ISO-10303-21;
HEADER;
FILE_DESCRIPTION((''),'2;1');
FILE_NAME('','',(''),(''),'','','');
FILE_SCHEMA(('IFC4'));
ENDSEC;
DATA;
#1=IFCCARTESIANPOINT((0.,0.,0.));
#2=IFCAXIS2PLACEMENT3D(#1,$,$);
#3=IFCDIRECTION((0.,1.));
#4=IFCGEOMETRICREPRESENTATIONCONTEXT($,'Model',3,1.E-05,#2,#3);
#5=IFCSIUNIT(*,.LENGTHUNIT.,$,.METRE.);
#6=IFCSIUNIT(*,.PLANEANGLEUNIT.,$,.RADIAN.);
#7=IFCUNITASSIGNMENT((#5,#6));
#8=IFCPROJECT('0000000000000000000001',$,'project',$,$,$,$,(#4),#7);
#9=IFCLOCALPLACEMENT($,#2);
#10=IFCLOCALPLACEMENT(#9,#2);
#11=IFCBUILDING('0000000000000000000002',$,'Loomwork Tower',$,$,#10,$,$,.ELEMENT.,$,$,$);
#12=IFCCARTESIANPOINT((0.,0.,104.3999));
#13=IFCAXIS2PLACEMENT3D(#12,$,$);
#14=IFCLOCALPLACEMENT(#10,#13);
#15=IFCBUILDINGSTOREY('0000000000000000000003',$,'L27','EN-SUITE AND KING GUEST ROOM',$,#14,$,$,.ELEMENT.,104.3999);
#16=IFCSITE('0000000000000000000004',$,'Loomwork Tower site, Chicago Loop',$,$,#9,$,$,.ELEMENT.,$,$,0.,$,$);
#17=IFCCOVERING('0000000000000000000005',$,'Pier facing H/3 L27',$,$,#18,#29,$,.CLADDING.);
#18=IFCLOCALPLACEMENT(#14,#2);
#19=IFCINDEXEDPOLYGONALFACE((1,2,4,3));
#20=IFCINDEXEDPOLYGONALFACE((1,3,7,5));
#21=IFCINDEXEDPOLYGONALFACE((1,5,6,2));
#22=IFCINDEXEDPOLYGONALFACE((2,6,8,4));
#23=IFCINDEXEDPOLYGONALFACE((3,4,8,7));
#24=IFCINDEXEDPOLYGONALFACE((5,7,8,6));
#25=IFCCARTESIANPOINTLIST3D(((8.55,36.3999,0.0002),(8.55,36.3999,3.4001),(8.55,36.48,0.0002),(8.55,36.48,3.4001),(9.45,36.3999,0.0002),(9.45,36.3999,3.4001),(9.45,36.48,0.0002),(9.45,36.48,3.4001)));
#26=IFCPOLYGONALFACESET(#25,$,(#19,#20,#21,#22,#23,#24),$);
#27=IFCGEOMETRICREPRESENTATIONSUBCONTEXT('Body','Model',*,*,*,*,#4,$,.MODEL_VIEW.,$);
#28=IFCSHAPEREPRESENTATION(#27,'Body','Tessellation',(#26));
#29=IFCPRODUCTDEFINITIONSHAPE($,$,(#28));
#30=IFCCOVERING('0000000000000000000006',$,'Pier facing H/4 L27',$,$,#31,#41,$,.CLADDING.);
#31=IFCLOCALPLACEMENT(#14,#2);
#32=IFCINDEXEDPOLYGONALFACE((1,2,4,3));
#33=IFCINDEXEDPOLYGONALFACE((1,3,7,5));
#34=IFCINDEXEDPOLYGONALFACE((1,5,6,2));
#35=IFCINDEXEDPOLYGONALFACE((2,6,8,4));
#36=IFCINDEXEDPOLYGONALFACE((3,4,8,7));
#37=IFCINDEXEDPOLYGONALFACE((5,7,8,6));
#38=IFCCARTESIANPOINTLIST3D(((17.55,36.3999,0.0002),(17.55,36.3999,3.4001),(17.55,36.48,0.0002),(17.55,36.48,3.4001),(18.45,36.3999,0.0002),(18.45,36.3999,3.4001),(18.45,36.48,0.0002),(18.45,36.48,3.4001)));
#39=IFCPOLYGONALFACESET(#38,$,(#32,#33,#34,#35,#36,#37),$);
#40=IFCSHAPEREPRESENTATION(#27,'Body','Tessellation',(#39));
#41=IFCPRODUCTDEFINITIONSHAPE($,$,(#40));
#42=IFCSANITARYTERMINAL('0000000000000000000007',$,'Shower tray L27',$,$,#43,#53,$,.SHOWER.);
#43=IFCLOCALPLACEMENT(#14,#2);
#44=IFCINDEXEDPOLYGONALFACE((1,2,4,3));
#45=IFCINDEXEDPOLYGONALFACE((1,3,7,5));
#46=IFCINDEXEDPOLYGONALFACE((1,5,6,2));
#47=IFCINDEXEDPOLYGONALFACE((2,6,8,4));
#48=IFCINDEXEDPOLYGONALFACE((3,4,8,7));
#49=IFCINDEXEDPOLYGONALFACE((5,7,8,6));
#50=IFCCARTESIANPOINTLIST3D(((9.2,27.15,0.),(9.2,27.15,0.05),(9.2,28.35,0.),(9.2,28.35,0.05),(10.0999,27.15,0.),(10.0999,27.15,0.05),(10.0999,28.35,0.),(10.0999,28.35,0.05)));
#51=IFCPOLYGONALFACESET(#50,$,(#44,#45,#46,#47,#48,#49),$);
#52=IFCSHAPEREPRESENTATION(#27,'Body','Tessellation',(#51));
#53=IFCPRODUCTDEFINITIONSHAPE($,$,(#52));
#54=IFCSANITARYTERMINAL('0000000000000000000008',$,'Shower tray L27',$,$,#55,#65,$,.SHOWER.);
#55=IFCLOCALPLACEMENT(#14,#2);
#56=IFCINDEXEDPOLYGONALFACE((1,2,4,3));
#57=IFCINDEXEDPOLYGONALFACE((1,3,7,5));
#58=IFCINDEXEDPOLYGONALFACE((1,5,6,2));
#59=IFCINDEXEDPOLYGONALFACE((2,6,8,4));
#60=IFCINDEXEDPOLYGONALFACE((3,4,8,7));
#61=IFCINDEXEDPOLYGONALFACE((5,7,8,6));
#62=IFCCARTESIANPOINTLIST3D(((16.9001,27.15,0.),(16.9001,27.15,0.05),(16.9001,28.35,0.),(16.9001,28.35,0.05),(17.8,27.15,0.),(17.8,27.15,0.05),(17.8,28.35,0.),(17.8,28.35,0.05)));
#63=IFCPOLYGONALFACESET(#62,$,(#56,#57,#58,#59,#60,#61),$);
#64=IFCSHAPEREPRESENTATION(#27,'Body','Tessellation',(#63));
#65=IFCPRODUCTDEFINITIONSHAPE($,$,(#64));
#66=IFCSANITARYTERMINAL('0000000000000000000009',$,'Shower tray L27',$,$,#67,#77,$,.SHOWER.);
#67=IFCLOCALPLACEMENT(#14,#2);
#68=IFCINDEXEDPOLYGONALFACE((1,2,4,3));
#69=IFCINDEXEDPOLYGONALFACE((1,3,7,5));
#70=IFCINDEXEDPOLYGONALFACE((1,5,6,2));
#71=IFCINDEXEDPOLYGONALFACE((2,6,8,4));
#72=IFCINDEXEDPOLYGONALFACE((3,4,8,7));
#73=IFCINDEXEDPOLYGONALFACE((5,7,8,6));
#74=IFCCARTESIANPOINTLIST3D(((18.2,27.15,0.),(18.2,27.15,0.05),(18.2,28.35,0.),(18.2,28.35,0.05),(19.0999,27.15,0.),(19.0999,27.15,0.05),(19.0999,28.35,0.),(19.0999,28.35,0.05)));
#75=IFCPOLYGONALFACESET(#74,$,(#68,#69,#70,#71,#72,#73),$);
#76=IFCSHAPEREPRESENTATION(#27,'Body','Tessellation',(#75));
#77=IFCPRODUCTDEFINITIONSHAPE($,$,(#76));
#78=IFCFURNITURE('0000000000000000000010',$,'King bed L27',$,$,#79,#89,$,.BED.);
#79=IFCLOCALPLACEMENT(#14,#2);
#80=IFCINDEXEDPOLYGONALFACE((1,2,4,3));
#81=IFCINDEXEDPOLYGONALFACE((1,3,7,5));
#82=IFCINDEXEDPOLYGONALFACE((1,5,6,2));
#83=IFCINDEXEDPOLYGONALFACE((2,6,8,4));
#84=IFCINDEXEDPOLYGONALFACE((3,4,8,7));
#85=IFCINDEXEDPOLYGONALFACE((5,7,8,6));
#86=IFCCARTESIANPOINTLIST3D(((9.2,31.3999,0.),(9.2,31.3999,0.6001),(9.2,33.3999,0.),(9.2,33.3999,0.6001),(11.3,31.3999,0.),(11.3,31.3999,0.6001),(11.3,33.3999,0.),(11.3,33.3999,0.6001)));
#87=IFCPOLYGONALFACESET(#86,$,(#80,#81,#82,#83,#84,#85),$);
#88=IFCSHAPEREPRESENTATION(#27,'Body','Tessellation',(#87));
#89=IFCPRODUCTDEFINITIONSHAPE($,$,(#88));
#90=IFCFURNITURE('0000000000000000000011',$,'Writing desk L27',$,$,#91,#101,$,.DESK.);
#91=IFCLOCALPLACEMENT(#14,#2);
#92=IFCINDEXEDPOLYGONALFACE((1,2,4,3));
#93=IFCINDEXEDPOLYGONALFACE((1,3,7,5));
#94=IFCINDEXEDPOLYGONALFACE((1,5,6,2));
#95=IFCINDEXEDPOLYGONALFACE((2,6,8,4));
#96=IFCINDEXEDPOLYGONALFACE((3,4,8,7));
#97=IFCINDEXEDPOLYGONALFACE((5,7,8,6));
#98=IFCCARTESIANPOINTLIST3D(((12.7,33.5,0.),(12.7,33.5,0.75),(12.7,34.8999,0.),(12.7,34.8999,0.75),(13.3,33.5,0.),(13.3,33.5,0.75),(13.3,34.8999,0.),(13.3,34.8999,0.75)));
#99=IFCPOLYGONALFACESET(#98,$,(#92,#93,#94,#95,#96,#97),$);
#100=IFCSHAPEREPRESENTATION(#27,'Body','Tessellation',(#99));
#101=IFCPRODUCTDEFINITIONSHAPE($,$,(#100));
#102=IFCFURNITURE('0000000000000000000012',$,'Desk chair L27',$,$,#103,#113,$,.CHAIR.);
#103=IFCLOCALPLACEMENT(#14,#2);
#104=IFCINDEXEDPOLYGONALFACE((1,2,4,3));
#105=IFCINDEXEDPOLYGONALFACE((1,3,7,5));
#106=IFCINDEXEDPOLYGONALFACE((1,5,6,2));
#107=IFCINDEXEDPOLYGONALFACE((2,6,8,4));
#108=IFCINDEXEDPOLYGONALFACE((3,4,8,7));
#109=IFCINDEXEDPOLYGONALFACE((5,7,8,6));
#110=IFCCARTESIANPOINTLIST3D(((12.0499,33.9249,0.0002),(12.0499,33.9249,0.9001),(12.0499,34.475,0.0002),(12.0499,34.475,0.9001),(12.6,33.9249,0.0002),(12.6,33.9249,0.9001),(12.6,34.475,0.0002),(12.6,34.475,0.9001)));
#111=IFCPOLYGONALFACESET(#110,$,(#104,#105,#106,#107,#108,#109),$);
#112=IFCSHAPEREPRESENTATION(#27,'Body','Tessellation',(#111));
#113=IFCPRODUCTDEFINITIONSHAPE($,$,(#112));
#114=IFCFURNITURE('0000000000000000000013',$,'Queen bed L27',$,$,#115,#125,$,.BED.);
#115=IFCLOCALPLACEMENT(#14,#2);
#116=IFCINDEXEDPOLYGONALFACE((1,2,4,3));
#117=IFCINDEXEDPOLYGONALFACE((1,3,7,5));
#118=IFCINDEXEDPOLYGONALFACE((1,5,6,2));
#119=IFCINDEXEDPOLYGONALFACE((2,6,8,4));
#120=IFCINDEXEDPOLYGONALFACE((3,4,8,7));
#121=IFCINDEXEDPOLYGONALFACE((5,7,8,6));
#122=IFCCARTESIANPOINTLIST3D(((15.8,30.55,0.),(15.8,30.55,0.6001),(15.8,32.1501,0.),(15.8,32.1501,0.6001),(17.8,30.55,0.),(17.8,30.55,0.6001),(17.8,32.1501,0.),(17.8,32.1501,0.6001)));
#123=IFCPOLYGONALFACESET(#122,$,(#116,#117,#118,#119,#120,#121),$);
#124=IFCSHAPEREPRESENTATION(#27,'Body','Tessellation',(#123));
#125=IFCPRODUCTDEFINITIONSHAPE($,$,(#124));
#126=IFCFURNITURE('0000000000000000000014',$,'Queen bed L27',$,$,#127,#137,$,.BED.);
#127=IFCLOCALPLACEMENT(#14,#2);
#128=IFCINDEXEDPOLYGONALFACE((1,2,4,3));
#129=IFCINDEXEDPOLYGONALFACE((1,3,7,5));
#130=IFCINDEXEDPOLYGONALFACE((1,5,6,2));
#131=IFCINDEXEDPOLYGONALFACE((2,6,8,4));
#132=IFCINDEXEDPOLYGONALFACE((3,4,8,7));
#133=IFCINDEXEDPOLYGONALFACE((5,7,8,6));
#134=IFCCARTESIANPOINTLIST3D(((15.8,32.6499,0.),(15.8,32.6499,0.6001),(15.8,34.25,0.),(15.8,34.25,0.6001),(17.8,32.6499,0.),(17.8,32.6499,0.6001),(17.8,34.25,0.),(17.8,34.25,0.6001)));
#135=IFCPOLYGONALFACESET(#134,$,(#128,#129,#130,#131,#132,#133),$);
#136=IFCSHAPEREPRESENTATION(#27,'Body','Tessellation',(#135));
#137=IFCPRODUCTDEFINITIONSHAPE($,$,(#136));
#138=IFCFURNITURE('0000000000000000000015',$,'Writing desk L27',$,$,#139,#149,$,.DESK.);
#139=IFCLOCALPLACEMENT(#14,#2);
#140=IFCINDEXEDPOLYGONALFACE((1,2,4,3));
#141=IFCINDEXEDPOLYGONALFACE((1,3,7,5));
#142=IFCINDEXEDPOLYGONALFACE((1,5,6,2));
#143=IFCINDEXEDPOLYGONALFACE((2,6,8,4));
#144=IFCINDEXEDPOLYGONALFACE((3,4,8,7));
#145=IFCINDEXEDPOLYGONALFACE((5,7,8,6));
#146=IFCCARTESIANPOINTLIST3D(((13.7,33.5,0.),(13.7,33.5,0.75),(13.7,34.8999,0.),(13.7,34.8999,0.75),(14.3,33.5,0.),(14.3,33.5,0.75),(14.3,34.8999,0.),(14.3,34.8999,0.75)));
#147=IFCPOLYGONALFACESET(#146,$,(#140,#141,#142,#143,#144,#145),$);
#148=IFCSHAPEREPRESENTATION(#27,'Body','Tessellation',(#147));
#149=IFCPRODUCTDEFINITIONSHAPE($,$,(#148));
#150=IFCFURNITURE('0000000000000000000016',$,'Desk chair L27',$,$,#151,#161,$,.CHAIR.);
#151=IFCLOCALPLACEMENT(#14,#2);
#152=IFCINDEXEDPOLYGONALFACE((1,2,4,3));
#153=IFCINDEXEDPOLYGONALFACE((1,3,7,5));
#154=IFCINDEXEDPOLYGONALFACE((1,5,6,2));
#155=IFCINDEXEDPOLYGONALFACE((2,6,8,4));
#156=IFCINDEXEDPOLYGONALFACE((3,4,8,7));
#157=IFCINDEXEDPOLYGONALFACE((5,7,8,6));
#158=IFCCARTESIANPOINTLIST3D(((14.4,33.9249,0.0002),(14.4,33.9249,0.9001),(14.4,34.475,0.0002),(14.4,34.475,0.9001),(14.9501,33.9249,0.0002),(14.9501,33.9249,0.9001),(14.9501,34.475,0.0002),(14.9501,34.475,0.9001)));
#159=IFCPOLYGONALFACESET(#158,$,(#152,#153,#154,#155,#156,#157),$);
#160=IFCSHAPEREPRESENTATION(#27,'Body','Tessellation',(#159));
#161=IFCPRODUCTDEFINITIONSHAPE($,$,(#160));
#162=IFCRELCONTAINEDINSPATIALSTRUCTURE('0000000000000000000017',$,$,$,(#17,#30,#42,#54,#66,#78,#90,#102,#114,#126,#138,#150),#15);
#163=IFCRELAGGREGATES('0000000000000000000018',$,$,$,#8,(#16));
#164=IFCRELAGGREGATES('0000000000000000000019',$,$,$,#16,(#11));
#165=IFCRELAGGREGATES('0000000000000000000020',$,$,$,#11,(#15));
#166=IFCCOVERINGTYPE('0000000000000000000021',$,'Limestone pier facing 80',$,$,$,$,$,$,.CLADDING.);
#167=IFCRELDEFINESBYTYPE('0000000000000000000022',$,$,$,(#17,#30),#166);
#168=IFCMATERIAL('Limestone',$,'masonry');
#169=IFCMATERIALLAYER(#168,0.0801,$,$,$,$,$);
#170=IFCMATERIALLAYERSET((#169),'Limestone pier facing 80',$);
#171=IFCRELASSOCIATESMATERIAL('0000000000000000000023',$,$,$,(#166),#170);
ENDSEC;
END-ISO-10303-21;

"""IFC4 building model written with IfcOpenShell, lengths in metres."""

from ifc_helpers import new_model, si_unit, direction, frame, origin, origin_2d, place, context, subcontext, project, spatial, rectangle, extrude, material, layer, layer_set, type_object, element, save


model = new_model("IFC4")

# Units and contexts
model_context = context("Model", 3, precision=1e-05, world=origin(), true_north=direction((0.0, 1.0)))
body_context = subcontext(model_context, "Body", "Model", "MODEL_VIEW")
ifc_project = project(units=[si_unit("LENGTHUNIT", "METRE"), si_unit("PLANEANGLEUNIT", "RADIAN")], contexts=[model_context])

# Site, building, storey
site_placement = place(None, origin())
site = spatial("IfcSite", under=ifc_project, at=site_placement, Name="Loomwork Tower site, Chicago Loop", CompositionType="ELEMENT", RefElevation=0.0)
building_placement = place(site_placement, origin())
building = spatial("IfcBuilding", under=site, at=building_placement, Name="Loomwork Tower", CompositionType="ELEMENT")
storey_placement = place(building_placement, frame((0.0, 0.0, 104.3999)))
storey = spatial("IfcBuildingStorey", under=building, at=storey_placement, Name="L27", Description="EN-SUITE AND KING GUEST ROOM", CompositionType="ELEMENT", Elevation=104.3999)

# Coverings
ifc_material_1 = material(Name="Limestone", Category="masonry")
ifc_layer_1 = layer(ifc_material_1, 0.0801)
ifc_layer_set_1 = layer_set([ifc_layer_1], Name="Limestone pier facing 80")
covering_type = type_object("IfcCoveringType", Name="Limestone pier facing 80", PredefinedType="CLADDING", material=ifc_layer_set_1)
for number, where, z_axis, x_axis, name in (
    (1, (9.0, 36.4399, 0.0002), (0.0, 0.0, 1.0), (1.0, 0.0, 0.0), "Pier facing H/3 L27"),
    (2, (18.0, 36.4399, 0.0002), (0.0, 0.0, 1.0), (1.0, 0.0, 0.0), "Pier facing H/4 L27"),
):
    element("IfcCovering", number, at=place(storey_placement, frame(where, z_axis=z_axis, x_axis=x_axis)), inside=storey, type_object=covering_type, Name=name, PredefinedType="CLADDING", context=body_context, shape_type="SweptSolid", body=[
        extrude(rectangle(XDim=0.8999, YDim=0.0801, at=origin_2d()), origin(), (0.0, 0.0, 1.0), 3.3999),
    ])

# Sanitary terminals
for number, where, z_axis, x_axis, name in (
    (3, (9.6499, 27.75, 0.0), (0.0, 0.0, 1.0), (1.0, 0.0, 0.0), "Shower tray L27"),
    (4, (17.3501, 27.75, 0.0), (0.0, 0.0, 1.0), (1.0, 0.0, 0.0), "Shower tray L27"),
    (5, (18.6499, 27.75, 0.0), (0.0, 0.0, 1.0), (1.0, 0.0, 0.0), "Shower tray L27"),
):
    element("IfcSanitaryTerminal", number, at=place(storey_placement, frame(where, z_axis=z_axis, x_axis=x_axis)), inside=storey, Name=name, PredefinedType="SHOWER", context=body_context, shape_type="SweptSolid", body=[
        extrude(rectangle(XDim=0.8999, YDim=1.2, at=origin_2d()), origin(), (0.0, 0.0, 1.0), 0.05),
    ])

# Furniture
furniture_1_placement = place(storey_placement, frame((10.25, 32.3999, 0.0), z_axis=(0.0, 0.0, 1.0), x_axis=(1.0, 0.0, 0.0)))
element("IfcFurniture", 6, at=furniture_1_placement, inside=storey, Name="King bed L27", PredefinedType="BED", context=body_context, shape_type="SweptSolid", body=[
    extrude(rectangle(XDim=2.1001, YDim=2.0, at=origin_2d()), origin(), (0.0, 0.0, 1.0), 0.6001),
])
furniture_2_placement = place(storey_placement, frame((13.0, 34.2, 0.0), z_axis=(0.0, 0.0, 1.0), x_axis=(1.0, 0.0, 0.0)))
element("IfcFurniture", 7, at=furniture_2_placement, inside=storey, Name="Writing desk L27", PredefinedType="DESK", context=body_context, shape_type="SweptSolid", body=[
    extrude(rectangle(XDim=0.6001, YDim=1.3999, at=origin_2d()), origin(), (0.0, 0.0, 1.0), 0.75),
])
furniture_3_placement = place(storey_placement, frame((12.325, 34.2, 0.0002), z_axis=(0.0, 0.0, 1.0), x_axis=(1.0, 0.0, 0.0)))
element("IfcFurniture", 8, at=furniture_3_placement, inside=storey, Name="Desk chair L27", PredefinedType="CHAIR", context=body_context, shape_type="SweptSolid", body=[
    extrude(rectangle(XDim=0.55, YDim=0.55, at=origin_2d()), origin(), (0.0, 0.0, 1.0), 0.8999),
])
for number, where, z_axis, x_axis, name in (
    (9, (16.8, 31.3501, 0.0), (0.0, 0.0, 1.0), (1.0, 0.0, 0.0), "Queen bed L27"),
    (10, (16.8, 33.45, 0.0), (0.0, 0.0, 1.0), (1.0, 0.0, 0.0), "Queen bed L27"),
):
    element("IfcFurniture", number, at=place(storey_placement, frame(where, z_axis=z_axis, x_axis=x_axis)), inside=storey, Name=name, PredefinedType="BED", context=body_context, shape_type="SweptSolid", body=[
        extrude(rectangle(XDim=2.0, YDim=1.6001, at=origin_2d()), origin(), (0.0, 0.0, 1.0), 0.6001),
    ])
furniture_4_placement = place(storey_placement, frame((14.0, 34.2, 0.0), z_axis=(0.0, 0.0, 1.0), x_axis=(1.0, 0.0, 0.0)))
element("IfcFurniture", 11, at=furniture_4_placement, inside=storey, Name="Writing desk L27", PredefinedType="DESK", context=body_context, shape_type="SweptSolid", body=[
    extrude(rectangle(XDim=0.6001, YDim=1.3999, at=origin_2d()), origin(), (0.0, 0.0, 1.0), 0.75),
])
furniture_5_placement = place(storey_placement, frame((14.675, 34.2, 0.0002), z_axis=(0.0, 0.0, 1.0), x_axis=(1.0, 0.0, 0.0)))
element("IfcFurniture", 12, at=furniture_5_placement, inside=storey, Name="Desk chair L27", PredefinedType="CHAIR", context=body_context, shape_type="SweptSolid", body=[
    extrude(rectangle(XDim=0.55, YDim=0.55, at=origin_2d()), origin(), (0.0, 0.0, 1.0), 0.8999),
])

save(model, "model.ifc")
